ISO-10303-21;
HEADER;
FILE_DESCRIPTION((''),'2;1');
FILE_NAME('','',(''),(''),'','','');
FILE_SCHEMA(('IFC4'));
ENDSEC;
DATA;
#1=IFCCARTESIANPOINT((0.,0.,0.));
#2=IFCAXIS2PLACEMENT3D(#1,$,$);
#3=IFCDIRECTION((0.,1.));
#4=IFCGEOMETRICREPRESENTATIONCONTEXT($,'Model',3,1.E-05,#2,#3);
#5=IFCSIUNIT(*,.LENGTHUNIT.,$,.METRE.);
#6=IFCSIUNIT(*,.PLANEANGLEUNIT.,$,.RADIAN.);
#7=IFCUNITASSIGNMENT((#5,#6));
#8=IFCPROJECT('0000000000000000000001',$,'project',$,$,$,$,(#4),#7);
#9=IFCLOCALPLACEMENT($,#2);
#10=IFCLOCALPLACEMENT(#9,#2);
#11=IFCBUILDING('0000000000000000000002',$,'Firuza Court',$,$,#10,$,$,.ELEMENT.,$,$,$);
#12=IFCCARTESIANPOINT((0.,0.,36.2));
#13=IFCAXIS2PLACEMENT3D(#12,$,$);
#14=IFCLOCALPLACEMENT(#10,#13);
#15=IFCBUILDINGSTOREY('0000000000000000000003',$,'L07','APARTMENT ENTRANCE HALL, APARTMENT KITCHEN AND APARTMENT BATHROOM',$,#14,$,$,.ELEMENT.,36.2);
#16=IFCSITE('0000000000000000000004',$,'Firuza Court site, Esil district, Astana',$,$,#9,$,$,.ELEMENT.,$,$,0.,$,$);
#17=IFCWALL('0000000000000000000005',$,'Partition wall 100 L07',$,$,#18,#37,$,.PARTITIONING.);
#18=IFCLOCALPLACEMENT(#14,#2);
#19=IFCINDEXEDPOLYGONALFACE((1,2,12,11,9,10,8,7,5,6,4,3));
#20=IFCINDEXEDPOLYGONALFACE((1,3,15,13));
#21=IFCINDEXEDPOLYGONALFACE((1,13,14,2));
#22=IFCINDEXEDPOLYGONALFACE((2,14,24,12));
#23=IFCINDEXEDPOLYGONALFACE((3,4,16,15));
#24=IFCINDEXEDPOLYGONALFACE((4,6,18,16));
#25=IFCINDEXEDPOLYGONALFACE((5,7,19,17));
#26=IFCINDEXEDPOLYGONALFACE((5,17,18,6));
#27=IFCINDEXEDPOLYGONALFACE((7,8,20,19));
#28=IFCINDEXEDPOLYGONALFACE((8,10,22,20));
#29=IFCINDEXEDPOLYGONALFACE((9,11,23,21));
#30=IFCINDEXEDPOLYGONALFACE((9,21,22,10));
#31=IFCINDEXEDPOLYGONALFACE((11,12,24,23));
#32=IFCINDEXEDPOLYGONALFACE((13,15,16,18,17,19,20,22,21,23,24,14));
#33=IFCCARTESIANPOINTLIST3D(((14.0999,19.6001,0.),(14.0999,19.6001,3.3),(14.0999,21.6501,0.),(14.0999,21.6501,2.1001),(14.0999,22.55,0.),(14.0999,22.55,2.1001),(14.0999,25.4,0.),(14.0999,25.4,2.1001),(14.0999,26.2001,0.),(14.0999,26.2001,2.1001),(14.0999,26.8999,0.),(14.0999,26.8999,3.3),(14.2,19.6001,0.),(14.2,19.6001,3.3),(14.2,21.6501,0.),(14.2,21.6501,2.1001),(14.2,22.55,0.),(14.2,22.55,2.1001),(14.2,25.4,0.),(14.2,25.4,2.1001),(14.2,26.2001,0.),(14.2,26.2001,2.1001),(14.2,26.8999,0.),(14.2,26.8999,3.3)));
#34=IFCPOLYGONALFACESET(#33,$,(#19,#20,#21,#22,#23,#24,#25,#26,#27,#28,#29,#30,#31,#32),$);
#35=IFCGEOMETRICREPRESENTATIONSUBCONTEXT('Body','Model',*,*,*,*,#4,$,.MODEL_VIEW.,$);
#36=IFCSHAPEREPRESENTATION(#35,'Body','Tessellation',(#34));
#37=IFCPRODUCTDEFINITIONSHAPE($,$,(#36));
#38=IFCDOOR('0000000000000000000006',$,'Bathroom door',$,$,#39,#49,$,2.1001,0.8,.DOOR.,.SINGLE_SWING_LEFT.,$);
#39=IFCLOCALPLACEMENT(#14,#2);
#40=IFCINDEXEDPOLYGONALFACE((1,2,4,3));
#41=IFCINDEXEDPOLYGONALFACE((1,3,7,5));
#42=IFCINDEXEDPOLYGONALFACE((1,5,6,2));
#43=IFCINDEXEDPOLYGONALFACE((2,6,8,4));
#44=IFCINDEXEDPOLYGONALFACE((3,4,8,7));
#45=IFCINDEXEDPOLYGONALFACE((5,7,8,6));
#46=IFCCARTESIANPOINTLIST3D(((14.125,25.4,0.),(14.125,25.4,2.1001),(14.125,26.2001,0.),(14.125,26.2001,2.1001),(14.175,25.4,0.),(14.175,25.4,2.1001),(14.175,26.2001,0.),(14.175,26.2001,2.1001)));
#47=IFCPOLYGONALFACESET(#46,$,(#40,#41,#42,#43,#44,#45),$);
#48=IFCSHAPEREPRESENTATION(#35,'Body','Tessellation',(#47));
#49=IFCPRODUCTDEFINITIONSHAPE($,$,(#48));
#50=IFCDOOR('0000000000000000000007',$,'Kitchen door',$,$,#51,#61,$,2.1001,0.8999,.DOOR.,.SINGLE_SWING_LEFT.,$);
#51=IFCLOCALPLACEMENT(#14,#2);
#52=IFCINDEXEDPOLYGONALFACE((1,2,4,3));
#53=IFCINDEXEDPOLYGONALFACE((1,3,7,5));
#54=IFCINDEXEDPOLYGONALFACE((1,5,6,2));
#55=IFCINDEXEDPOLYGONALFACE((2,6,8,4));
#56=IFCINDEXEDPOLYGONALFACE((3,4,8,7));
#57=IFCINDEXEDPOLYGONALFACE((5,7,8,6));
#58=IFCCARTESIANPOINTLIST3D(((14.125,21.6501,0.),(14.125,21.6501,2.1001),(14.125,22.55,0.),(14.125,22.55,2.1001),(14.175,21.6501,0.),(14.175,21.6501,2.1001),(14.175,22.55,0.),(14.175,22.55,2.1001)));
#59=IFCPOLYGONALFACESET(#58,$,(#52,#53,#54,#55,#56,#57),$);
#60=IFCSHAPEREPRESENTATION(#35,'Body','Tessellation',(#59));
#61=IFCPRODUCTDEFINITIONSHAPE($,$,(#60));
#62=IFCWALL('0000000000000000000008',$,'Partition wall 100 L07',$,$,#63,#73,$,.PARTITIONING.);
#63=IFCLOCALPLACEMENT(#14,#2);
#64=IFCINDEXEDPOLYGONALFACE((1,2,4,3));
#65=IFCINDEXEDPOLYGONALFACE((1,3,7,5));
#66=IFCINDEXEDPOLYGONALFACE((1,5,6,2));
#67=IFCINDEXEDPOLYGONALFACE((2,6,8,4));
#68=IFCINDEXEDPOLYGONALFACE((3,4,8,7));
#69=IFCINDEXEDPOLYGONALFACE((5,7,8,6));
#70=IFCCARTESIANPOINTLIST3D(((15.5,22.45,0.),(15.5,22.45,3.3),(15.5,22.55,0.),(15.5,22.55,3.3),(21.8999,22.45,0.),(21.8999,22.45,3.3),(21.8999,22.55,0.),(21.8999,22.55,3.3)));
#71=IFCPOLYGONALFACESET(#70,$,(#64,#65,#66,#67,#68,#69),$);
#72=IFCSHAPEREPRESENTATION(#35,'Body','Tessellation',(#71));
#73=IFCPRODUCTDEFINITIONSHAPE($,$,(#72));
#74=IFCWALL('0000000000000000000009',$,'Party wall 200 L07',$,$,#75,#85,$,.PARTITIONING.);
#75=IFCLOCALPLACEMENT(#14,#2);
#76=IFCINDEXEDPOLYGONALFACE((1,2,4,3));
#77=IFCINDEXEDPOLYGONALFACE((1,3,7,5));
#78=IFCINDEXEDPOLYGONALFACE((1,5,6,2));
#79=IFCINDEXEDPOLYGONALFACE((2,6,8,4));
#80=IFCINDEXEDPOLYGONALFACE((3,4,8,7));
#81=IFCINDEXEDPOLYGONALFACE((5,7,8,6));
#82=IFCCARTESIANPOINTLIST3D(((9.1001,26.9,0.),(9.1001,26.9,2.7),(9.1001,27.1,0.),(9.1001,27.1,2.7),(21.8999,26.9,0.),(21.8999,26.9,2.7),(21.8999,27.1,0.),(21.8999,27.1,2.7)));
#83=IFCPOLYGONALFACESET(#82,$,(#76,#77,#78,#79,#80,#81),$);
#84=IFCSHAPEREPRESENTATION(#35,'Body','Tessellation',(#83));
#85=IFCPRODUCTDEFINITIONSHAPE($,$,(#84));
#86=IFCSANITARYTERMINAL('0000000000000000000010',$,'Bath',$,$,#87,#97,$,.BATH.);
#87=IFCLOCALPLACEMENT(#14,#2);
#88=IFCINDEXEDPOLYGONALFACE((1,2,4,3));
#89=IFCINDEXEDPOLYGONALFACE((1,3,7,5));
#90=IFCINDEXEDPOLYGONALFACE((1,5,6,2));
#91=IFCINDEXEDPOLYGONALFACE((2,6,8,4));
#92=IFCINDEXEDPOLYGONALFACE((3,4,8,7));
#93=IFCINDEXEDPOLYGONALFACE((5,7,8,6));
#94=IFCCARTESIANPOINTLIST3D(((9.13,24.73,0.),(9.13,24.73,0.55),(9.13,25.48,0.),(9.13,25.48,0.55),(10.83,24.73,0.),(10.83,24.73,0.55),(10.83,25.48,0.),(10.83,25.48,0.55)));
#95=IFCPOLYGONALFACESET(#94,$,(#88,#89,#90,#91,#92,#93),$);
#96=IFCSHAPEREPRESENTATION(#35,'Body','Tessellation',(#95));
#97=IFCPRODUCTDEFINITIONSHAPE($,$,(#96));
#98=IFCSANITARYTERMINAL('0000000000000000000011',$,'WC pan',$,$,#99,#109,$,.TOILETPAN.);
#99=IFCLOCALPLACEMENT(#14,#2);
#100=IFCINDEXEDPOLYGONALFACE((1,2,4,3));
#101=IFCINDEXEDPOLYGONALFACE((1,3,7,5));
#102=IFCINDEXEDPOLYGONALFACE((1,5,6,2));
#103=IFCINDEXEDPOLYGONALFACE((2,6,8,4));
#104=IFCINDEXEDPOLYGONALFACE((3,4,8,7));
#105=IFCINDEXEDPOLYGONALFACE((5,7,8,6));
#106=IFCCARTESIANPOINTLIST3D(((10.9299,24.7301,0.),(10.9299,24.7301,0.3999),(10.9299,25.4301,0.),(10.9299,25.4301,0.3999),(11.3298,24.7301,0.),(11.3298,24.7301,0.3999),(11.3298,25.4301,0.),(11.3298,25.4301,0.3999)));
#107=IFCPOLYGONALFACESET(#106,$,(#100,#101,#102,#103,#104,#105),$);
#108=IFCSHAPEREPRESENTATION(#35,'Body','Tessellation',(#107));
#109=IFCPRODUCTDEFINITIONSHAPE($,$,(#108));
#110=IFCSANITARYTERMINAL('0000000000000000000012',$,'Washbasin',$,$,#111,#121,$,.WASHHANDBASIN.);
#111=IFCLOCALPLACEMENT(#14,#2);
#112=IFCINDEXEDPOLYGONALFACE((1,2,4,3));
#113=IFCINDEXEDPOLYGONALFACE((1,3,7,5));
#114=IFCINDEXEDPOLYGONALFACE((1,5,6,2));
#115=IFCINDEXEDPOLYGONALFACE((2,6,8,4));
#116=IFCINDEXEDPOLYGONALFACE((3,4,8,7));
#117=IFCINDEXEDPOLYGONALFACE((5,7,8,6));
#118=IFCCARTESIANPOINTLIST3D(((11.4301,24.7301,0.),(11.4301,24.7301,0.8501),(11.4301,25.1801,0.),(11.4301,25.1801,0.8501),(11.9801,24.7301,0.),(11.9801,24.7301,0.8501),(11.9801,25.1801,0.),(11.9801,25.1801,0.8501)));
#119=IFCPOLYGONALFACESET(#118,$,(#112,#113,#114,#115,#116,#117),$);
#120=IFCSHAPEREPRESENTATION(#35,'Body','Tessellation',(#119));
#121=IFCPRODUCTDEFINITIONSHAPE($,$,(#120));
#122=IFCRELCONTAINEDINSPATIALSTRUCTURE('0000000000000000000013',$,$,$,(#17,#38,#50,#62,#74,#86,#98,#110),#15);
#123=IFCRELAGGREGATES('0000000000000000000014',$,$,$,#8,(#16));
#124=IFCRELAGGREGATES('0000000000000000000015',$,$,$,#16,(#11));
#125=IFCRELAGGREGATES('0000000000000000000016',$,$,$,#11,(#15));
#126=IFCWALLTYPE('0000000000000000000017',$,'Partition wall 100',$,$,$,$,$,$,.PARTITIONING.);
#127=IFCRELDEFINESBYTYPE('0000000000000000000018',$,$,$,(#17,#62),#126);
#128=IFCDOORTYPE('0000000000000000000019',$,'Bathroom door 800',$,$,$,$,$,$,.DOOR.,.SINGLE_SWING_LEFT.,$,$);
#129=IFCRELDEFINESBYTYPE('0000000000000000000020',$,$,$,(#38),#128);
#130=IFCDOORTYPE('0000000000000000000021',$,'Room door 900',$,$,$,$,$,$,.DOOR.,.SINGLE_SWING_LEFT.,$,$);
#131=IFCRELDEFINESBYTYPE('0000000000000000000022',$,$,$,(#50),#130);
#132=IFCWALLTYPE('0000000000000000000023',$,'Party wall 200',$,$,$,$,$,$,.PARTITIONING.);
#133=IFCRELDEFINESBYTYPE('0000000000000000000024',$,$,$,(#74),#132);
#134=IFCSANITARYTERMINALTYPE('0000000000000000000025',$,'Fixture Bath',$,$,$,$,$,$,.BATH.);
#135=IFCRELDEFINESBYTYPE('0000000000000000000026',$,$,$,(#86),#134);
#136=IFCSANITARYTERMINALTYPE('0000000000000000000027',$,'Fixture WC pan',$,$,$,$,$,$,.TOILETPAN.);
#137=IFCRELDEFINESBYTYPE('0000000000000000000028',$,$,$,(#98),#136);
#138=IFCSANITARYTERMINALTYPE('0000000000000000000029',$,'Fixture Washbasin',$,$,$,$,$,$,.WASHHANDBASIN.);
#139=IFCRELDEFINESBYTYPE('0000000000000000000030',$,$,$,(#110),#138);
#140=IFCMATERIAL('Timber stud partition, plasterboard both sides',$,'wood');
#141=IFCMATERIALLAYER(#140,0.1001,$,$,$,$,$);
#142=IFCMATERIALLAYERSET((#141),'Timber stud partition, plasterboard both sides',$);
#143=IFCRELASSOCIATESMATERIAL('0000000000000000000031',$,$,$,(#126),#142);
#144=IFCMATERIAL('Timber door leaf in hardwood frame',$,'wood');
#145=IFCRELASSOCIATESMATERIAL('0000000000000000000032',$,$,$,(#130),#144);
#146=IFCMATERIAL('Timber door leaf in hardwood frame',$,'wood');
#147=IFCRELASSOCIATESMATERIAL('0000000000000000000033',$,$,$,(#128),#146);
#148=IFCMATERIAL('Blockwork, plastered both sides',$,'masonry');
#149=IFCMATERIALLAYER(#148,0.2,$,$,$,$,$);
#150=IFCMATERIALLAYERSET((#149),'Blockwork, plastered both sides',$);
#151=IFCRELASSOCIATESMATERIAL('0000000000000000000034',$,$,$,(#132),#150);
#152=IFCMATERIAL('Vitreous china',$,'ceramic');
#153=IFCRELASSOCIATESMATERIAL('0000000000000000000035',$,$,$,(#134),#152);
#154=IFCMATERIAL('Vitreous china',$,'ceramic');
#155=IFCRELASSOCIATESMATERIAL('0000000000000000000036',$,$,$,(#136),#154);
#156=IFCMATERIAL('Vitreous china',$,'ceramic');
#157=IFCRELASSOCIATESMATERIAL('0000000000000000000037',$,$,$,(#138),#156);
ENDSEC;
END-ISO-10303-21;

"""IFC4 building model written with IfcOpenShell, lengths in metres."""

from ifc_helpers import new_model, si_unit, direction, frame, frame_2d, origin, origin_2d, place, context, subcontext, project, spatial, rectangle, extrude, material, layer, layer_set, type_object, element, fill, save


model = new_model("IFC4")

# Units and contexts
model_context = context("Model", 3, precision=1e-05, world=origin(), true_north=direction((0.0, 1.0)))
body_context = subcontext(model_context, "Body", "Model", "MODEL_VIEW")
ifc_project = project(units=[si_unit("LENGTHUNIT", "METRE"), si_unit("PLANEANGLEUNIT", "RADIAN")], contexts=[model_context])

# Site, building, storey
site_placement = place(None, origin())
site = spatial("IfcSite", under=ifc_project, at=site_placement, Name="Firuza Court site, Esil district, Astana", CompositionType="ELEMENT", RefElevation=0.0)
building_placement = place(site_placement, origin())
building = spatial("IfcBuilding", under=site, at=building_placement, Name="Firuza Court", CompositionType="ELEMENT")
storey_placement = place(building_placement, frame((0.0, 0.0, 36.2)))
storey = spatial("IfcBuildingStorey", under=building, at=storey_placement, Name="L07", Description="APARTMENT ENTRANCE HALL, APARTMENT KITCHEN AND APARTMENT BATHROOM", CompositionType="ELEMENT", Elevation=36.2)

# Shared definitions
ifc_material_1 = material(Name="Timber stud partition, plasterboard both sides", Category="wood")
ifc_layer_1 = layer(ifc_material_1, 0.1001)
ifc_layer_set_1 = layer_set([ifc_layer_1], Name="Timber stud partition, plasterboard both sides")
wall_type_1 = type_object("IfcWallType", Name="Partition wall 100", PredefinedType="PARTITIONING", material=ifc_layer_set_1)
ifc_material_2 = material(Name="Timber door leaf in hardwood frame", Category="wood")
door_type_1 = type_object("IfcDoorType", Name="Room door 900", OperationType="SINGLE_SWING_LEFT", PredefinedType="DOOR", material=ifc_material_2)

# Wall, openings, doors
wall_1_placement = place(storey_placement, frame((14.1499, 19.6001, 0.0), z_axis=(0.0, 0.0, 1.0), x_axis=(0.0, 1.0, 0.0)))
wall_1 = element("IfcWall", 1, at=wall_1_placement, inside=storey, type_object=wall_type_1, Name="Partition wall 100 L07", PredefinedType="PARTITIONING", context=body_context, shape_type="SweptSolid", body=[
    extrude(rectangle(XDim=7.2998, YDim=0.1001, at=frame_2d((3.6499, 0.0))), origin(), (0.0, 0.0, 1.0), 3.3),
])
opening_1_placement = place(wall_1_placement, frame((5.8, 0.0, 0.0)))
opening_1 = element("IfcOpeningElement", 2, at=opening_1_placement, cuts=wall_1, PredefinedType="OPENING", context=body_context, shape_type="SweptSolid", body=[
    extrude(rectangle(XDim=0.8, YDim=2.1001, at=frame_2d((0.3999, 1.05))), frame((0.0, 0.062, 0.0), z_axis=(0.0, -1.0, 0.0), x_axis=(1.0, 0.0, 0.0)), (0.0, 0.0, 1.0), 0.124),
])
opening_2_placement = place(wall_1_placement, frame((2.05, 0.0, 0.0)))
opening_2 = element("IfcOpeningElement", 3, at=opening_2_placement, cuts=wall_1, PredefinedType="OPENING", context=body_context, shape_type="SweptSolid", body=[
    extrude(rectangle(XDim=0.8999, YDim=2.1001, at=frame_2d((0.45, 1.05))), frame((0.0, 0.062, 0.0), z_axis=(0.0, -1.0, 0.0), x_axis=(1.0, 0.0, 0.0)), (0.0, 0.0, 1.0), 0.124),
])
ifc_material_3 = material(Name="Timber door leaf in hardwood frame", Category="wood")
door_type_2 = type_object("IfcDoorType", Name="Bathroom door 800", OperationType="SINGLE_SWING_LEFT", PredefinedType="DOOR", material=ifc_material_3)
door_1_placement = place(opening_1_placement, origin())
door_1 = element("IfcDoor", 4, at=door_1_placement, inside=storey, type_object=door_type_2, Name="Bathroom door", OperationType="SINGLE_SWING_LEFT", OverallHeight=2.1001, OverallWidth=0.8, PredefinedType="DOOR", context=body_context, shape_type="SweptSolid", body=[
    extrude(rectangle(XDim=0.8, YDim=2.1001, at=frame_2d((0.3999, 1.05))), frame((0.0, 0.0249, 0.0), z_axis=(0.0, -1.0, 0.0), x_axis=(1.0, 0.0, 0.0)), (0.0, 0.0, 1.0), 0.05),
])
fill(opening_1, door_1)
door_2_placement = place(opening_2_placement, origin())
door_2 = element("IfcDoor", 5, at=door_2_placement, inside=storey, type_object=door_type_1, Name="Kitchen door", OperationType="SINGLE_SWING_LEFT", OverallHeight=2.1001, OverallWidth=0.8999, PredefinedType="DOOR", context=body_context, shape_type="SweptSolid", body=[
    extrude(rectangle(XDim=0.8999, YDim=2.1001, at=frame_2d((0.45, 1.05))), frame((0.0, 0.0249, 0.0), z_axis=(0.0, -1.0, 0.0), x_axis=(1.0, 0.0, 0.0)), (0.0, 0.0, 1.0), 0.05),
])
fill(opening_2, door_2)

# Walls
wall_2_placement = place(storey_placement, frame((15.5, 22.5, 0.0), z_axis=(0.0, 0.0, 1.0), x_axis=(1.0, 0.0, 0.0)))
element("IfcWall", 6, at=wall_2_placement, inside=storey, type_object=wall_type_1, Name="Partition wall 100 L07", PredefinedType="PARTITIONING", context=body_context, shape_type="SweptSolid", body=[
    extrude(rectangle(XDim=6.3999, YDim=0.1001, at=frame_2d((3.2, 0.0))), origin(), (0.0, 0.0, 1.0), 3.3),
])
ifc_material_4 = material(Name="Blockwork, plastered both sides", Category="masonry")
ifc_layer_2 = layer(ifc_material_4, 0.2)
ifc_layer_set_2 = layer_set([ifc_layer_2], Name="Blockwork, plastered both sides")
wall_type_2 = type_object("IfcWallType", Name="Party wall 200", PredefinedType="PARTITIONING", material=ifc_layer_set_2)
wall_3_placement = place(storey_placement, frame((9.1001, 27.0, 0.0), z_axis=(0.0, 0.0, 1.0), x_axis=(1.0, 0.0, 0.0)))
element("IfcWall", 7, at=wall_3_placement, inside=storey, type_object=wall_type_2, Name="Party wall 200 L07", PredefinedType="PARTITIONING", context=body_context, shape_type="SweptSolid", body=[
    extrude(rectangle(XDim=12.7998, YDim=0.2, at=frame_2d((6.3999, 0.0))), origin(), (0.0, 0.0, 1.0), 2.7),
])

# Sanitary terminals
ifc_material_5 = material(Name="Vitreous china", Category="ceramic")
sanitary_terminal_type_1 = type_object("IfcSanitaryTerminalType", Name="Fixture Bath", PredefinedType="BATH", material=ifc_material_5)
sanitary_terminal_1_placement = place(storey_placement, frame((9.98, 25.105, 0.0), z_axis=(0.0, 0.0, 1.0), x_axis=(1.0, 0.0, 0.0)))
element("IfcSanitaryTerminal", 8, at=sanitary_terminal_1_placement, inside=storey, type_object=sanitary_terminal_type_1, Name="Bath", PredefinedType="BATH", context=body_context, shape_type="SweptSolid", body=[
    extrude(rectangle(XDim=1.7, YDim=0.75, at=origin_2d()), origin(), (0.0, 0.0, 1.0), 0.55),
])
ifc_material_6 = material(Name="Vitreous china", Category="ceramic")
sanitary_terminal_type_2 = type_object("IfcSanitaryTerminalType", Name="Fixture WC pan", PredefinedType="TOILETPAN", material=ifc_material_6)
sanitary_terminal_2_placement = place(storey_placement, frame((11.1299, 25.0801, 0.0), z_axis=(0.0, 0.0, 1.0), x_axis=(1.0, 0.0, 0.0)))
element("IfcSanitaryTerminal", 9, at=sanitary_terminal_2_placement, inside=storey, type_object=sanitary_terminal_type_2, Name="WC pan", PredefinedType="TOILETPAN", context=body_context, shape_type="SweptSolid", body=[
    extrude(rectangle(XDim=0.3999, YDim=0.7, at=origin_2d()), origin(), (0.0, 0.0, 1.0), 0.3999),
])
ifc_material_7 = material(Name="Vitreous china", Category="ceramic")
sanitary_terminal_type_3 = type_object("IfcSanitaryTerminalType", Name="Fixture Washbasin", PredefinedType="WASHHANDBASIN", material=ifc_material_7)
sanitary_terminal_3_placement = place(storey_placement, frame((11.7051, 24.9551, 0.0), z_axis=(0.0, 0.0, 1.0), x_axis=(1.0, 0.0, 0.0)))
element("IfcSanitaryTerminal", 10, at=sanitary_terminal_3_placement, inside=storey, type_object=sanitary_terminal_type_3, Name="Washbasin", PredefinedType="WASHHANDBASIN", context=body_context, shape_type="SweptSolid", body=[
    extrude(rectangle(XDim=0.55, YDim=0.45, at=origin_2d()), origin(), (0.0, 0.0, 1.0), 0.8501),
])

save(model, "model.ifc")
